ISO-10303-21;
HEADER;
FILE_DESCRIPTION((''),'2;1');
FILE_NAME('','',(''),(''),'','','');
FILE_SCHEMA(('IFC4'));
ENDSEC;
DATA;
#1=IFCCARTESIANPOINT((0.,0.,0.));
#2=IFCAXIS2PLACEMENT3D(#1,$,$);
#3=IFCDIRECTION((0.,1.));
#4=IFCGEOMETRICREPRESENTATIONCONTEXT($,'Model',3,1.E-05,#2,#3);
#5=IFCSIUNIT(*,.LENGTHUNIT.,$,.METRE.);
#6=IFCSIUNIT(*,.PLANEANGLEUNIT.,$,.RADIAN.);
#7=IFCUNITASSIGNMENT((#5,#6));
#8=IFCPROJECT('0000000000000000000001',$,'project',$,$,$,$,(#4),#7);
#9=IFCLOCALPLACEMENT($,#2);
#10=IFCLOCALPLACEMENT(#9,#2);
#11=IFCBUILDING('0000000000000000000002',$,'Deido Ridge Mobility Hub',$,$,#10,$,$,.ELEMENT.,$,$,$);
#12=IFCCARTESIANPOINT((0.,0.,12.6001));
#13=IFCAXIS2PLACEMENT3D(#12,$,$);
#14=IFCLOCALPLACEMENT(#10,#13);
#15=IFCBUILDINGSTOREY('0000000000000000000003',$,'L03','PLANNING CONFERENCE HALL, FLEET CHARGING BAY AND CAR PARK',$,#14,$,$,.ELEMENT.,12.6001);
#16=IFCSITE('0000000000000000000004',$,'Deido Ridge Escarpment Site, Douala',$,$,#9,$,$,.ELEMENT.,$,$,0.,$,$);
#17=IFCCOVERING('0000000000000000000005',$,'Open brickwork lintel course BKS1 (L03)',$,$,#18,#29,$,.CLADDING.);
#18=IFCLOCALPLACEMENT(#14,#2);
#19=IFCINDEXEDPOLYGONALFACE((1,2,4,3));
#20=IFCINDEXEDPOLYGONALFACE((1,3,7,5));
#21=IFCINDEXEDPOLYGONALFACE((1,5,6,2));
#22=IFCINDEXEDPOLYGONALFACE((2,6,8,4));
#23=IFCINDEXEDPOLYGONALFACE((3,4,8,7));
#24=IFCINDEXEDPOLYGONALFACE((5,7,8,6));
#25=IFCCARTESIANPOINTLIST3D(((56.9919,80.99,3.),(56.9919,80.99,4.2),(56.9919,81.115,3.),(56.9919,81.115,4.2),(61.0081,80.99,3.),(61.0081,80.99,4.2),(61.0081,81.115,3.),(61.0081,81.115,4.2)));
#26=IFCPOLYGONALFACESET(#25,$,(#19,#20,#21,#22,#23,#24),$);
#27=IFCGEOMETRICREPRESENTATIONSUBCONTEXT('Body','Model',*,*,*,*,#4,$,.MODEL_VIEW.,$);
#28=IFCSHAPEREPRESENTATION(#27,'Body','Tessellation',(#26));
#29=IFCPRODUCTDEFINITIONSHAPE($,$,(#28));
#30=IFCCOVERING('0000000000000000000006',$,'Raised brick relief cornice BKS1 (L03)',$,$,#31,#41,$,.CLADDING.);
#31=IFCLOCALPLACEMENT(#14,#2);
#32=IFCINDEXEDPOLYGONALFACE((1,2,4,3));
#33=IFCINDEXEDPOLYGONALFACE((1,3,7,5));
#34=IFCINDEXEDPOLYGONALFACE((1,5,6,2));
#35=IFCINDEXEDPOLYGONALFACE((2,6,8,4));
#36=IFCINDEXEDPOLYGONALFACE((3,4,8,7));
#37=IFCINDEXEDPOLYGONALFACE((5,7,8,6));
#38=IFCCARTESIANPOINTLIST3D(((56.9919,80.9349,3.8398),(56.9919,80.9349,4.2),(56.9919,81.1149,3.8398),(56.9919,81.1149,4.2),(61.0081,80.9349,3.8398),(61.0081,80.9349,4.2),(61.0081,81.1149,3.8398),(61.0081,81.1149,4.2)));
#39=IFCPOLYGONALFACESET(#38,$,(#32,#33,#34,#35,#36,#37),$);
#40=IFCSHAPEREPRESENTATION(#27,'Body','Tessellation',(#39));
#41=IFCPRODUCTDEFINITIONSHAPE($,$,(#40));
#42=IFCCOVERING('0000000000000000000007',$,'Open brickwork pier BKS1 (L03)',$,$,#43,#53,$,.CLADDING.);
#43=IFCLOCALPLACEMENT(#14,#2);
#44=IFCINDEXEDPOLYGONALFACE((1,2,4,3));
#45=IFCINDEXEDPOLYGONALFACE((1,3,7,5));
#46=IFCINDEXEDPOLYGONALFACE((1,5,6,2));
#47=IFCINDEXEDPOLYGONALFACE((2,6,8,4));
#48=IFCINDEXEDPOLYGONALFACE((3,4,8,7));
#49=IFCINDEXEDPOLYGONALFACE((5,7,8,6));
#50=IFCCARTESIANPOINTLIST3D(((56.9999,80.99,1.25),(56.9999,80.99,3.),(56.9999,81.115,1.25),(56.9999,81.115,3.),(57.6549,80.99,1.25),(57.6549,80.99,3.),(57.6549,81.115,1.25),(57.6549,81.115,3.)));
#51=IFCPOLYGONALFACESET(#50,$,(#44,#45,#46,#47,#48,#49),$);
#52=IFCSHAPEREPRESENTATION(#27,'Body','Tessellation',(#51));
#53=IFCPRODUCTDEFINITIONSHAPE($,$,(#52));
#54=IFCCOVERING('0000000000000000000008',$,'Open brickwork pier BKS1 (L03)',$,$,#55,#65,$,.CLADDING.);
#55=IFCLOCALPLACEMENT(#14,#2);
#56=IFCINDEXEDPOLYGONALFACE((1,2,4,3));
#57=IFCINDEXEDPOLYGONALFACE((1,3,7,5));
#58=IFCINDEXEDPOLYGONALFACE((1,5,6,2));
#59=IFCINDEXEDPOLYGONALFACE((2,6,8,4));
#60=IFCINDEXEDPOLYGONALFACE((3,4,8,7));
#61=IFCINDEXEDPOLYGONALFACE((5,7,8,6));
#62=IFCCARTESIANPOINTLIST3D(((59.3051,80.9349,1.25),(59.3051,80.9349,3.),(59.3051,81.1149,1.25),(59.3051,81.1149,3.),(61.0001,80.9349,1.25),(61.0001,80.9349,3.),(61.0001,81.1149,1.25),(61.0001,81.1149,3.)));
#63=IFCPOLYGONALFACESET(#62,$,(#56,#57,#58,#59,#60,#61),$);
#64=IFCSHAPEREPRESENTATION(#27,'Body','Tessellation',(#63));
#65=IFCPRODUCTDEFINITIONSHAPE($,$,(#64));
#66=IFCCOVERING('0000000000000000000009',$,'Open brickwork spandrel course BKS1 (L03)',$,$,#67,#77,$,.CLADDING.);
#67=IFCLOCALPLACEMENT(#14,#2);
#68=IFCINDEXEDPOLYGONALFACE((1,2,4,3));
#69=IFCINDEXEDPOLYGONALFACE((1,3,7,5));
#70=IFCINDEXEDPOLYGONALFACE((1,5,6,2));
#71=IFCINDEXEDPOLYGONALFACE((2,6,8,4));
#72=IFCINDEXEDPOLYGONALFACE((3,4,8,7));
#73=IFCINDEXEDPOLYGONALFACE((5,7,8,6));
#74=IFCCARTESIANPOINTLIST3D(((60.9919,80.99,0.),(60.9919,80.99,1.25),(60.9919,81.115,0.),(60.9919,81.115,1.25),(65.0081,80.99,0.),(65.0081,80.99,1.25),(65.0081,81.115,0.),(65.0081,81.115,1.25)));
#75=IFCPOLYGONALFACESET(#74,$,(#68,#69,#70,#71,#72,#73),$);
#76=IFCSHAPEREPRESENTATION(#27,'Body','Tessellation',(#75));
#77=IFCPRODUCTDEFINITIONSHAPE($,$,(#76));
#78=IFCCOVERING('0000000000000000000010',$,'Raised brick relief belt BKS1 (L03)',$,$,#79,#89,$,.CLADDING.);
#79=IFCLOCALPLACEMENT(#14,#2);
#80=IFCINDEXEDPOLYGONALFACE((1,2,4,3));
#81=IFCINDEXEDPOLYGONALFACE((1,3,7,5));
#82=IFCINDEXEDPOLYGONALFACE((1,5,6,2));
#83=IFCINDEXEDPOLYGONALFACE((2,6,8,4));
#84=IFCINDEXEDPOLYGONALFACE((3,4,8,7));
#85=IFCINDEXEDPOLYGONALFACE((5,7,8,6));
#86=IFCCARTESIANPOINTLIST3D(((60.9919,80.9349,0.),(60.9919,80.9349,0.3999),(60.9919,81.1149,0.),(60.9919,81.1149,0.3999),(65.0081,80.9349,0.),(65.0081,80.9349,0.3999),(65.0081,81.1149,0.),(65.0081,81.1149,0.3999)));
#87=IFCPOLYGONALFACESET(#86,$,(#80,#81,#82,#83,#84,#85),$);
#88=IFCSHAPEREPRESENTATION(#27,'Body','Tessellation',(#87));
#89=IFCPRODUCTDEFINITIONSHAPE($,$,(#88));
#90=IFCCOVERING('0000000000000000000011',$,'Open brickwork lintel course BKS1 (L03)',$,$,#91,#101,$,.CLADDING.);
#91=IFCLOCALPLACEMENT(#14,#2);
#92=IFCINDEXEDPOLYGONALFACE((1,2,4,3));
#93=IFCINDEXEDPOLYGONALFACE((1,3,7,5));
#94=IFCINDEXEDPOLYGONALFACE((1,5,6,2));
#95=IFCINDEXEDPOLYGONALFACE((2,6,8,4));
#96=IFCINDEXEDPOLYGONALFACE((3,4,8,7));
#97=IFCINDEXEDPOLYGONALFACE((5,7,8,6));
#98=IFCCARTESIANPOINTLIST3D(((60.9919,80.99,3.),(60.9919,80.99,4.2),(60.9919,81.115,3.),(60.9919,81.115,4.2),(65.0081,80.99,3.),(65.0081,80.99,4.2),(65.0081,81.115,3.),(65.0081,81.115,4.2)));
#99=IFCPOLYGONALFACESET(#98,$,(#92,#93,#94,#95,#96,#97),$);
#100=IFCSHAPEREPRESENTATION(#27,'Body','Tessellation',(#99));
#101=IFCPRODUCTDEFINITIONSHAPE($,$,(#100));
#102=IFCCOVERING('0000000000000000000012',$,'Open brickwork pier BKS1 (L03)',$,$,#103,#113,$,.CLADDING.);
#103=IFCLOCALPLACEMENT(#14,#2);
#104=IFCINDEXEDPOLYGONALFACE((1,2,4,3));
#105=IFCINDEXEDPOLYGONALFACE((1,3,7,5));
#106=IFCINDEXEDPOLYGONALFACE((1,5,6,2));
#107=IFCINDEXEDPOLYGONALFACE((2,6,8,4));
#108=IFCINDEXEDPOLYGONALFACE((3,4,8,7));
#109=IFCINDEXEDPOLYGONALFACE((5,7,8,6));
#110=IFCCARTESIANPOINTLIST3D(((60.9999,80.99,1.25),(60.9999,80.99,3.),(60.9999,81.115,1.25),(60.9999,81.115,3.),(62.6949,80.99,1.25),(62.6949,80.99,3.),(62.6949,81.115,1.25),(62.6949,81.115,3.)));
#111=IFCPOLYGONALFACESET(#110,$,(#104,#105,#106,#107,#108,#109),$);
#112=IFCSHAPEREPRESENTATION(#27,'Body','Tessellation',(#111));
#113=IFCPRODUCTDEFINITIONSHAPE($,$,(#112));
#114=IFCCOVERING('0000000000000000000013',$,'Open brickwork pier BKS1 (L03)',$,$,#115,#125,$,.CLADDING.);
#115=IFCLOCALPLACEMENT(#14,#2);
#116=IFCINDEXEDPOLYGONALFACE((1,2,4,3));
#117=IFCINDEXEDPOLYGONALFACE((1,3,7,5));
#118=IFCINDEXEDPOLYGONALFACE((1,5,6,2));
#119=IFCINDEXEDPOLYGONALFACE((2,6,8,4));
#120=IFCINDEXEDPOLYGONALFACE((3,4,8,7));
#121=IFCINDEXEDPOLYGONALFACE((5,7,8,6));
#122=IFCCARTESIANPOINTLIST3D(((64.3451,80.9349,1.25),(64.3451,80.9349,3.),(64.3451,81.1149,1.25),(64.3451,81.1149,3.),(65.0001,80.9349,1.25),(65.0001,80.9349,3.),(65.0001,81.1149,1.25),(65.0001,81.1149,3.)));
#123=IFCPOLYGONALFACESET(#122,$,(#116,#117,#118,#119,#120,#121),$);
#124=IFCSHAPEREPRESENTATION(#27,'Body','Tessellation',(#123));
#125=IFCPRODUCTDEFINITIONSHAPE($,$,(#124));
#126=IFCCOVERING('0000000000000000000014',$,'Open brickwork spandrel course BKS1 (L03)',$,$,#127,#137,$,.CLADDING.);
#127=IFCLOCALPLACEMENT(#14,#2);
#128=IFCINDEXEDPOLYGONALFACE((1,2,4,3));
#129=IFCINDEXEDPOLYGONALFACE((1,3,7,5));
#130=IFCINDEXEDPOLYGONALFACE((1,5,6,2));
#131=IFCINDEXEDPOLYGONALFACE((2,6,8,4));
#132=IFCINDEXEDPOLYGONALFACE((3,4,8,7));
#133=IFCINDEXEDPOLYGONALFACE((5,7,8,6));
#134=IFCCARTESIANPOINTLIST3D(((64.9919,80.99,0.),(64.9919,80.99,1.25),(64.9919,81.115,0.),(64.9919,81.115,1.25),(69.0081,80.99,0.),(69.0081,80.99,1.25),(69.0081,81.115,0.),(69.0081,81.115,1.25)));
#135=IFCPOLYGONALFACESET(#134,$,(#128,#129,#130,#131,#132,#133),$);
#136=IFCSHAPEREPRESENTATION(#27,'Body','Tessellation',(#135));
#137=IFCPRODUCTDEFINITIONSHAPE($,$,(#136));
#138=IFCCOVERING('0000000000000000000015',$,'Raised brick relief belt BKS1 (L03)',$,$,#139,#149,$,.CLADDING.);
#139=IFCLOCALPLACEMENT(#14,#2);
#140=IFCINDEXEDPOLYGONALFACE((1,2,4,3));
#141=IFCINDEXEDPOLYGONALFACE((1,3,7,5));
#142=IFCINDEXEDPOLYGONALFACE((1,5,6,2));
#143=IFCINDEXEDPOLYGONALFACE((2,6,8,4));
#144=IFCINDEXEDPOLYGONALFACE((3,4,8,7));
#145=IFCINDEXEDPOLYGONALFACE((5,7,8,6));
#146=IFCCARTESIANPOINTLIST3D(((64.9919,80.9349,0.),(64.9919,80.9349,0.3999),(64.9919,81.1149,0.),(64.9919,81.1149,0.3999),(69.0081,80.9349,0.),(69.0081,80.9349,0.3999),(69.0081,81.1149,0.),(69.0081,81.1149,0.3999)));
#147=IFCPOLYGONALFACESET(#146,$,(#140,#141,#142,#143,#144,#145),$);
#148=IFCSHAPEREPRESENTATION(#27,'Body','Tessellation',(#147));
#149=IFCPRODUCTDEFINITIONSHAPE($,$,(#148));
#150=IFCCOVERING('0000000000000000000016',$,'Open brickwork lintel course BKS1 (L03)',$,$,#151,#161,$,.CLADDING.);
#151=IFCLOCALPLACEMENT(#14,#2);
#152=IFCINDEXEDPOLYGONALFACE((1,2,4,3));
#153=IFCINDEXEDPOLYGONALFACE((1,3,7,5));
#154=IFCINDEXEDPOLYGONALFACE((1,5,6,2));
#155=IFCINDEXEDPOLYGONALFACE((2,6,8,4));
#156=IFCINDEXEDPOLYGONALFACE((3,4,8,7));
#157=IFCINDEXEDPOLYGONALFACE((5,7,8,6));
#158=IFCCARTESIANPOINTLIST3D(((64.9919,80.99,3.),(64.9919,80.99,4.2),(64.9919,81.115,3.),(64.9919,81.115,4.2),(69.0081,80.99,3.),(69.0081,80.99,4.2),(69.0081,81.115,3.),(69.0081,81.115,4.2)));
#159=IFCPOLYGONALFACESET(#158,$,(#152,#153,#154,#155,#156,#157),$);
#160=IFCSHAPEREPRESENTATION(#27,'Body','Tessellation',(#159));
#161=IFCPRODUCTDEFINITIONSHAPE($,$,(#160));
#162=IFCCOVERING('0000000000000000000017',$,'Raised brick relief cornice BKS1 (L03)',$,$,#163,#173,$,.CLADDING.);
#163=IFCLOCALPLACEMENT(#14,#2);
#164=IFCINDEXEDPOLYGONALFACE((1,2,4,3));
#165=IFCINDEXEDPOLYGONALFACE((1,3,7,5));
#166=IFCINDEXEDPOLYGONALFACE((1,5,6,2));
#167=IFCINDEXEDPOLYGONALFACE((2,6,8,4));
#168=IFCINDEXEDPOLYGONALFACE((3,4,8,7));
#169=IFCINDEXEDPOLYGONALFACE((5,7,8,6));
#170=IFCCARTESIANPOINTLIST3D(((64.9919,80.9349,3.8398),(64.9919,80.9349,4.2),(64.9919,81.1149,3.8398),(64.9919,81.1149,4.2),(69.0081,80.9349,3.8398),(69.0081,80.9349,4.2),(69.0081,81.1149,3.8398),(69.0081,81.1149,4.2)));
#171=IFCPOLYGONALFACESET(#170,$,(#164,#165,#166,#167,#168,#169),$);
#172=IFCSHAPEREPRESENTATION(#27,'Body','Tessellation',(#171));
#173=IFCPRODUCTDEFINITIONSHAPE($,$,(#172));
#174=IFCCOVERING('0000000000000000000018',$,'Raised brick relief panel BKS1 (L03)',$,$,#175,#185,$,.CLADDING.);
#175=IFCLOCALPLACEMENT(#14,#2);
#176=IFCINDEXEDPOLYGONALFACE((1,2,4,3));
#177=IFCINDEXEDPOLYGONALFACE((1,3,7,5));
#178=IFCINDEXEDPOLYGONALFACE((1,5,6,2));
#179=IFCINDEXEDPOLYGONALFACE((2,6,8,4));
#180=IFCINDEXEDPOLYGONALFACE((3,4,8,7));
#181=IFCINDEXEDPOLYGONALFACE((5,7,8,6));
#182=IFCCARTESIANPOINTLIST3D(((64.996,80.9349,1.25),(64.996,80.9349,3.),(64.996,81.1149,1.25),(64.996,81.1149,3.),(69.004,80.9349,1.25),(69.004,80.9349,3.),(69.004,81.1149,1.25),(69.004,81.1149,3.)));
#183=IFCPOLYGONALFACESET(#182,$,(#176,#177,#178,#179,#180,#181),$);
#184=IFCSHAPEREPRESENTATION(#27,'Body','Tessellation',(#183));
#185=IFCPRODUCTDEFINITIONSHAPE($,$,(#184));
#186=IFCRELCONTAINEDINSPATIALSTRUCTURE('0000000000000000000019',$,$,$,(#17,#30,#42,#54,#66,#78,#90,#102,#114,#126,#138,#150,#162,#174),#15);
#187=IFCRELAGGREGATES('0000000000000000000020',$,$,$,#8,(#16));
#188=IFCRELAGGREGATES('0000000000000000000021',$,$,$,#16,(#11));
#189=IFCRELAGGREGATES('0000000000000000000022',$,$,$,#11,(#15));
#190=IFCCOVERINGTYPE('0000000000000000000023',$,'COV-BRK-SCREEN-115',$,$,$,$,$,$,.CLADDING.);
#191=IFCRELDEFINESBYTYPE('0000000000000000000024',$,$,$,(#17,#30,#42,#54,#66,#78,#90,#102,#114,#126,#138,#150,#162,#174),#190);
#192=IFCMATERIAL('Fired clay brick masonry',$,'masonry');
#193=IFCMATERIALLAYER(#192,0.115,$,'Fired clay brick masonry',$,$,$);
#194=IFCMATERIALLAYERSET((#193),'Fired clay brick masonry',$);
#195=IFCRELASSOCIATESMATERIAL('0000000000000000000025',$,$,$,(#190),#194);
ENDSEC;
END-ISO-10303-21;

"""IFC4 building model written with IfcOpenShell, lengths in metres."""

from ifc_helpers import new_model, si_unit, direction, frame, origin, origin_2d, place, context, subcontext, project, spatial, rectangle, extrude, material, layer, layer_set, type_object, element, save


model = new_model("IFC4")

# Units and contexts
model_context = context("Model", 3, precision=1e-05, world=origin(), true_north=direction((0.0, 1.0)))
body_context = subcontext(model_context, "Body", "Model", "MODEL_VIEW")
ifc_project = project(units=[si_unit("LENGTHUNIT", "METRE"), si_unit("PLANEANGLEUNIT", "RADIAN")], contexts=[model_context])

# Site, building, storey
site_placement = place(None, origin())
site = spatial("IfcSite", under=ifc_project, at=site_placement, Name="Deido Ridge Escarpment Site, Douala", CompositionType="ELEMENT", RefElevation=0.0)
building_placement = place(site_placement, origin())
building = spatial("IfcBuilding", under=site, at=building_placement, Name="Deido Ridge Mobility Hub", CompositionType="ELEMENT")
storey_placement = place(building_placement, frame((0.0, 0.0, 12.6001)))
storey = spatial("IfcBuildingStorey", under=building, at=storey_placement, Name="L03", Description="PLANNING CONFERENCE HALL, FLEET CHARGING BAY AND CAR PARK", CompositionType="ELEMENT", Elevation=12.6001)

# Coverings
ifc_material_1 = material(Name="Fired clay brick masonry", Category="masonry")
ifc_layer = layer(ifc_material_1, 0.115, Name="Fired clay brick masonry")
ifc_layer_set = layer_set([ifc_layer], Name="Fired clay brick masonry")
covering_type = type_object("IfcCoveringType", Name="COV-BRK-SCREEN-115", PredefinedType="CLADDING", material=ifc_layer_set)
covering_1_placement = place(storey_placement, frame((59.0, 81.0525, 3.0), z_axis=(0.0, 0.0, 1.0), x_axis=(1.0, 0.0, 0.0)))
element("IfcCovering", 1, at=covering_1_placement, inside=storey, type_object=covering_type, Name="Open brickwork lintel course BKS1 (L03)", PredefinedType="CLADDING", context=body_context, shape_type="SweptSolid", body=[
    extrude(rectangle(XDim=4.0161, YDim=0.125, at=origin_2d()), origin(), (0.0, 0.0, 1.0), 1.2),
])
covering_2_placement = place(storey_placement, frame((59.0, 81.0249, 3.8398), z_axis=(0.0, 0.0, 1.0), x_axis=(1.0, 0.0, 0.0)))
element("IfcCovering", 2, at=covering_2_placement, inside=storey, type_object=covering_type, Name="Raised brick relief cornice BKS1 (L03)", PredefinedType="CLADDING", context=body_context, shape_type="SweptSolid", body=[
    extrude(rectangle(XDim=4.0161, YDim=0.1799, at=origin_2d()), origin(), (0.0, 0.0, 1.0), 0.3601),
])
covering_3_placement = place(storey_placement, frame((57.3274, 81.0525, 1.25), z_axis=(0.0, 0.0, 1.0), x_axis=(1.0, 0.0, 0.0)))
element("IfcCovering", 3, at=covering_3_placement, inside=storey, type_object=covering_type, Name="Open brickwork pier BKS1 (L03)", PredefinedType="CLADDING", context=body_context, shape_type="SweptSolid", body=[
    extrude(rectangle(XDim=0.655, YDim=0.125, at=origin_2d()), origin(), (0.0, 0.0, 1.0), 1.75),
])
covering_4_placement = place(storey_placement, frame((60.1526, 81.0249, 1.25), z_axis=(0.0, 0.0, 1.0), x_axis=(1.0, 0.0, 0.0)))
element("IfcCovering", 4, at=covering_4_placement, inside=storey, type_object=covering_type, Name="Open brickwork pier BKS1 (L03)", PredefinedType="CLADDING", context=body_context, shape_type="SweptSolid", body=[
    extrude(rectangle(XDim=1.6951, YDim=0.1799, at=origin_2d()), origin(), (0.0, 0.0, 1.0), 1.75),
])
covering_5_placement = place(storey_placement, frame((63.0, 81.0525, 0.0), z_axis=(0.0, 0.0, 1.0), x_axis=(1.0, 0.0, 0.0)))
element("IfcCovering", 5, at=covering_5_placement, inside=storey, type_object=covering_type, Name="Open brickwork spandrel course BKS1 (L03)", PredefinedType="CLADDING", context=body_context, shape_type="SweptSolid", body=[
    extrude(rectangle(XDim=4.0161, YDim=0.125, at=origin_2d()), origin(), (0.0, 0.0, 1.0), 1.25),
])
covering_6_placement = place(storey_placement, frame((63.0, 81.0249, 0.0), z_axis=(0.0, 0.0, 1.0), x_axis=(1.0, 0.0, 0.0)))
element("IfcCovering", 6, at=covering_6_placement, inside=storey, type_object=covering_type, Name="Raised brick relief belt BKS1 (L03)", PredefinedType="CLADDING", context=body_context, shape_type="SweptSolid", body=[
    extrude(rectangle(XDim=4.0161, YDim=0.1799, at=origin_2d()), origin(), (0.0, 0.0, 1.0), 0.3999),
])
covering_7_placement = place(storey_placement, frame((63.0, 81.0525, 3.0), z_axis=(0.0, 0.0, 1.0), x_axis=(1.0, 0.0, 0.0)))
element("IfcCovering", 7, at=covering_7_placement, inside=storey, type_object=covering_type, Name="Open brickwork lintel course BKS1 (L03)", PredefinedType="CLADDING", context=body_context, shape_type="SweptSolid", body=[
    extrude(rectangle(XDim=4.0161, YDim=0.125, at=origin_2d()), origin(), (0.0, 0.0, 1.0), 1.2),
])
covering_8_placement = place(storey_placement, frame((61.8474, 81.0525, 1.25), z_axis=(0.0, 0.0, 1.0), x_axis=(1.0, 0.0, 0.0)))
element("IfcCovering", 8, at=covering_8_placement, inside=storey, type_object=covering_type, Name="Open brickwork pier BKS1 (L03)", PredefinedType="CLADDING", context=body_context, shape_type="SweptSolid", body=[
    extrude(rectangle(XDim=1.6951, YDim=0.125, at=origin_2d()), origin(), (0.0, 0.0, 1.0), 1.75),
])
covering_9_placement = place(storey_placement, frame((64.6726, 81.0249, 1.25), z_axis=(0.0, 0.0, 1.0), x_axis=(1.0, 0.0, 0.0)))
element("IfcCovering", 9, at=covering_9_placement, inside=storey, type_object=covering_type, Name="Open brickwork pier BKS1 (L03)", PredefinedType="CLADDING", context=body_context, shape_type="SweptSolid", body=[
    extrude(rectangle(XDim=0.655, YDim=0.1799, at=origin_2d()), origin(), (0.0, 0.0, 1.0), 1.75),
])
covering_10_placement = place(storey_placement, frame((67.0, 81.0525, 0.0), z_axis=(0.0, 0.0, 1.0), x_axis=(1.0, 0.0, 0.0)))
element("IfcCovering", 10, at=covering_10_placement, inside=storey, type_object=covering_type, Name="Open brickwork spandrel course BKS1 (L03)", PredefinedType="CLADDING", context=body_context, shape_type="SweptSolid", body=[
    extrude(rectangle(XDim=4.0161, YDim=0.125, at=origin_2d()), origin(), (0.0, 0.0, 1.0), 1.25),
])
covering_11_placement = place(storey_placement, frame((67.0, 81.0249, 0.0), z_axis=(0.0, 0.0, 1.0), x_axis=(1.0, 0.0, 0.0)))
element("IfcCovering", 11, at=covering_11_placement, inside=storey, type_object=covering_type, Name="Raised brick relief belt BKS1 (L03)", PredefinedType="CLADDING", context=body_context, shape_type="SweptSolid", body=[
    extrude(rectangle(XDim=4.0161, YDim=0.1799, at=origin_2d()), origin(), (0.0, 0.0, 1.0), 0.3999),
])
covering_12_placement = place(storey_placement, frame((67.0, 81.0525, 3.0), z_axis=(0.0, 0.0, 1.0), x_axis=(1.0, 0.0, 0.0)))
element("IfcCovering", 12, at=covering_12_placement, inside=storey, type_object=covering_type, Name="Open brickwork lintel course BKS1 (L03)", PredefinedType="CLADDING", context=body_context, shape_type="SweptSolid", body=[
    extrude(rectangle(XDim=4.0161, YDim=0.125, at=origin_2d()), origin(), (0.0, 0.0, 1.0), 1.2),
])
covering_13_placement = place(storey_placement, frame((67.0, 81.0249, 3.8398), z_axis=(0.0, 0.0, 1.0), x_axis=(1.0, 0.0, 0.0)))
element("IfcCovering", 13, at=covering_13_placement, inside=storey, type_object=covering_type, Name="Raised brick relief cornice BKS1 (L03)", PredefinedType="CLADDING", context=body_context, shape_type="SweptSolid", body=[
    extrude(rectangle(XDim=4.0161, YDim=0.1799, at=origin_2d()), origin(), (0.0, 0.0, 1.0), 0.3601),
])
covering_14_placement = place(storey_placement, frame((67.0, 81.0249, 1.25), z_axis=(0.0, 0.0, 1.0), x_axis=(1.0, 0.0, 0.0)))
element("IfcCovering", 14, at=covering_14_placement, inside=storey, type_object=covering_type, Name="Raised brick relief panel BKS1 (L03)", PredefinedType="CLADDING", context=body_context, shape_type="SweptSolid", body=[
    extrude(rectangle(XDim=4.0081, YDim=0.1799, at=origin_2d()), origin(), (0.0, 0.0, 1.0), 1.75),
])

save(model, "model.ifc")
